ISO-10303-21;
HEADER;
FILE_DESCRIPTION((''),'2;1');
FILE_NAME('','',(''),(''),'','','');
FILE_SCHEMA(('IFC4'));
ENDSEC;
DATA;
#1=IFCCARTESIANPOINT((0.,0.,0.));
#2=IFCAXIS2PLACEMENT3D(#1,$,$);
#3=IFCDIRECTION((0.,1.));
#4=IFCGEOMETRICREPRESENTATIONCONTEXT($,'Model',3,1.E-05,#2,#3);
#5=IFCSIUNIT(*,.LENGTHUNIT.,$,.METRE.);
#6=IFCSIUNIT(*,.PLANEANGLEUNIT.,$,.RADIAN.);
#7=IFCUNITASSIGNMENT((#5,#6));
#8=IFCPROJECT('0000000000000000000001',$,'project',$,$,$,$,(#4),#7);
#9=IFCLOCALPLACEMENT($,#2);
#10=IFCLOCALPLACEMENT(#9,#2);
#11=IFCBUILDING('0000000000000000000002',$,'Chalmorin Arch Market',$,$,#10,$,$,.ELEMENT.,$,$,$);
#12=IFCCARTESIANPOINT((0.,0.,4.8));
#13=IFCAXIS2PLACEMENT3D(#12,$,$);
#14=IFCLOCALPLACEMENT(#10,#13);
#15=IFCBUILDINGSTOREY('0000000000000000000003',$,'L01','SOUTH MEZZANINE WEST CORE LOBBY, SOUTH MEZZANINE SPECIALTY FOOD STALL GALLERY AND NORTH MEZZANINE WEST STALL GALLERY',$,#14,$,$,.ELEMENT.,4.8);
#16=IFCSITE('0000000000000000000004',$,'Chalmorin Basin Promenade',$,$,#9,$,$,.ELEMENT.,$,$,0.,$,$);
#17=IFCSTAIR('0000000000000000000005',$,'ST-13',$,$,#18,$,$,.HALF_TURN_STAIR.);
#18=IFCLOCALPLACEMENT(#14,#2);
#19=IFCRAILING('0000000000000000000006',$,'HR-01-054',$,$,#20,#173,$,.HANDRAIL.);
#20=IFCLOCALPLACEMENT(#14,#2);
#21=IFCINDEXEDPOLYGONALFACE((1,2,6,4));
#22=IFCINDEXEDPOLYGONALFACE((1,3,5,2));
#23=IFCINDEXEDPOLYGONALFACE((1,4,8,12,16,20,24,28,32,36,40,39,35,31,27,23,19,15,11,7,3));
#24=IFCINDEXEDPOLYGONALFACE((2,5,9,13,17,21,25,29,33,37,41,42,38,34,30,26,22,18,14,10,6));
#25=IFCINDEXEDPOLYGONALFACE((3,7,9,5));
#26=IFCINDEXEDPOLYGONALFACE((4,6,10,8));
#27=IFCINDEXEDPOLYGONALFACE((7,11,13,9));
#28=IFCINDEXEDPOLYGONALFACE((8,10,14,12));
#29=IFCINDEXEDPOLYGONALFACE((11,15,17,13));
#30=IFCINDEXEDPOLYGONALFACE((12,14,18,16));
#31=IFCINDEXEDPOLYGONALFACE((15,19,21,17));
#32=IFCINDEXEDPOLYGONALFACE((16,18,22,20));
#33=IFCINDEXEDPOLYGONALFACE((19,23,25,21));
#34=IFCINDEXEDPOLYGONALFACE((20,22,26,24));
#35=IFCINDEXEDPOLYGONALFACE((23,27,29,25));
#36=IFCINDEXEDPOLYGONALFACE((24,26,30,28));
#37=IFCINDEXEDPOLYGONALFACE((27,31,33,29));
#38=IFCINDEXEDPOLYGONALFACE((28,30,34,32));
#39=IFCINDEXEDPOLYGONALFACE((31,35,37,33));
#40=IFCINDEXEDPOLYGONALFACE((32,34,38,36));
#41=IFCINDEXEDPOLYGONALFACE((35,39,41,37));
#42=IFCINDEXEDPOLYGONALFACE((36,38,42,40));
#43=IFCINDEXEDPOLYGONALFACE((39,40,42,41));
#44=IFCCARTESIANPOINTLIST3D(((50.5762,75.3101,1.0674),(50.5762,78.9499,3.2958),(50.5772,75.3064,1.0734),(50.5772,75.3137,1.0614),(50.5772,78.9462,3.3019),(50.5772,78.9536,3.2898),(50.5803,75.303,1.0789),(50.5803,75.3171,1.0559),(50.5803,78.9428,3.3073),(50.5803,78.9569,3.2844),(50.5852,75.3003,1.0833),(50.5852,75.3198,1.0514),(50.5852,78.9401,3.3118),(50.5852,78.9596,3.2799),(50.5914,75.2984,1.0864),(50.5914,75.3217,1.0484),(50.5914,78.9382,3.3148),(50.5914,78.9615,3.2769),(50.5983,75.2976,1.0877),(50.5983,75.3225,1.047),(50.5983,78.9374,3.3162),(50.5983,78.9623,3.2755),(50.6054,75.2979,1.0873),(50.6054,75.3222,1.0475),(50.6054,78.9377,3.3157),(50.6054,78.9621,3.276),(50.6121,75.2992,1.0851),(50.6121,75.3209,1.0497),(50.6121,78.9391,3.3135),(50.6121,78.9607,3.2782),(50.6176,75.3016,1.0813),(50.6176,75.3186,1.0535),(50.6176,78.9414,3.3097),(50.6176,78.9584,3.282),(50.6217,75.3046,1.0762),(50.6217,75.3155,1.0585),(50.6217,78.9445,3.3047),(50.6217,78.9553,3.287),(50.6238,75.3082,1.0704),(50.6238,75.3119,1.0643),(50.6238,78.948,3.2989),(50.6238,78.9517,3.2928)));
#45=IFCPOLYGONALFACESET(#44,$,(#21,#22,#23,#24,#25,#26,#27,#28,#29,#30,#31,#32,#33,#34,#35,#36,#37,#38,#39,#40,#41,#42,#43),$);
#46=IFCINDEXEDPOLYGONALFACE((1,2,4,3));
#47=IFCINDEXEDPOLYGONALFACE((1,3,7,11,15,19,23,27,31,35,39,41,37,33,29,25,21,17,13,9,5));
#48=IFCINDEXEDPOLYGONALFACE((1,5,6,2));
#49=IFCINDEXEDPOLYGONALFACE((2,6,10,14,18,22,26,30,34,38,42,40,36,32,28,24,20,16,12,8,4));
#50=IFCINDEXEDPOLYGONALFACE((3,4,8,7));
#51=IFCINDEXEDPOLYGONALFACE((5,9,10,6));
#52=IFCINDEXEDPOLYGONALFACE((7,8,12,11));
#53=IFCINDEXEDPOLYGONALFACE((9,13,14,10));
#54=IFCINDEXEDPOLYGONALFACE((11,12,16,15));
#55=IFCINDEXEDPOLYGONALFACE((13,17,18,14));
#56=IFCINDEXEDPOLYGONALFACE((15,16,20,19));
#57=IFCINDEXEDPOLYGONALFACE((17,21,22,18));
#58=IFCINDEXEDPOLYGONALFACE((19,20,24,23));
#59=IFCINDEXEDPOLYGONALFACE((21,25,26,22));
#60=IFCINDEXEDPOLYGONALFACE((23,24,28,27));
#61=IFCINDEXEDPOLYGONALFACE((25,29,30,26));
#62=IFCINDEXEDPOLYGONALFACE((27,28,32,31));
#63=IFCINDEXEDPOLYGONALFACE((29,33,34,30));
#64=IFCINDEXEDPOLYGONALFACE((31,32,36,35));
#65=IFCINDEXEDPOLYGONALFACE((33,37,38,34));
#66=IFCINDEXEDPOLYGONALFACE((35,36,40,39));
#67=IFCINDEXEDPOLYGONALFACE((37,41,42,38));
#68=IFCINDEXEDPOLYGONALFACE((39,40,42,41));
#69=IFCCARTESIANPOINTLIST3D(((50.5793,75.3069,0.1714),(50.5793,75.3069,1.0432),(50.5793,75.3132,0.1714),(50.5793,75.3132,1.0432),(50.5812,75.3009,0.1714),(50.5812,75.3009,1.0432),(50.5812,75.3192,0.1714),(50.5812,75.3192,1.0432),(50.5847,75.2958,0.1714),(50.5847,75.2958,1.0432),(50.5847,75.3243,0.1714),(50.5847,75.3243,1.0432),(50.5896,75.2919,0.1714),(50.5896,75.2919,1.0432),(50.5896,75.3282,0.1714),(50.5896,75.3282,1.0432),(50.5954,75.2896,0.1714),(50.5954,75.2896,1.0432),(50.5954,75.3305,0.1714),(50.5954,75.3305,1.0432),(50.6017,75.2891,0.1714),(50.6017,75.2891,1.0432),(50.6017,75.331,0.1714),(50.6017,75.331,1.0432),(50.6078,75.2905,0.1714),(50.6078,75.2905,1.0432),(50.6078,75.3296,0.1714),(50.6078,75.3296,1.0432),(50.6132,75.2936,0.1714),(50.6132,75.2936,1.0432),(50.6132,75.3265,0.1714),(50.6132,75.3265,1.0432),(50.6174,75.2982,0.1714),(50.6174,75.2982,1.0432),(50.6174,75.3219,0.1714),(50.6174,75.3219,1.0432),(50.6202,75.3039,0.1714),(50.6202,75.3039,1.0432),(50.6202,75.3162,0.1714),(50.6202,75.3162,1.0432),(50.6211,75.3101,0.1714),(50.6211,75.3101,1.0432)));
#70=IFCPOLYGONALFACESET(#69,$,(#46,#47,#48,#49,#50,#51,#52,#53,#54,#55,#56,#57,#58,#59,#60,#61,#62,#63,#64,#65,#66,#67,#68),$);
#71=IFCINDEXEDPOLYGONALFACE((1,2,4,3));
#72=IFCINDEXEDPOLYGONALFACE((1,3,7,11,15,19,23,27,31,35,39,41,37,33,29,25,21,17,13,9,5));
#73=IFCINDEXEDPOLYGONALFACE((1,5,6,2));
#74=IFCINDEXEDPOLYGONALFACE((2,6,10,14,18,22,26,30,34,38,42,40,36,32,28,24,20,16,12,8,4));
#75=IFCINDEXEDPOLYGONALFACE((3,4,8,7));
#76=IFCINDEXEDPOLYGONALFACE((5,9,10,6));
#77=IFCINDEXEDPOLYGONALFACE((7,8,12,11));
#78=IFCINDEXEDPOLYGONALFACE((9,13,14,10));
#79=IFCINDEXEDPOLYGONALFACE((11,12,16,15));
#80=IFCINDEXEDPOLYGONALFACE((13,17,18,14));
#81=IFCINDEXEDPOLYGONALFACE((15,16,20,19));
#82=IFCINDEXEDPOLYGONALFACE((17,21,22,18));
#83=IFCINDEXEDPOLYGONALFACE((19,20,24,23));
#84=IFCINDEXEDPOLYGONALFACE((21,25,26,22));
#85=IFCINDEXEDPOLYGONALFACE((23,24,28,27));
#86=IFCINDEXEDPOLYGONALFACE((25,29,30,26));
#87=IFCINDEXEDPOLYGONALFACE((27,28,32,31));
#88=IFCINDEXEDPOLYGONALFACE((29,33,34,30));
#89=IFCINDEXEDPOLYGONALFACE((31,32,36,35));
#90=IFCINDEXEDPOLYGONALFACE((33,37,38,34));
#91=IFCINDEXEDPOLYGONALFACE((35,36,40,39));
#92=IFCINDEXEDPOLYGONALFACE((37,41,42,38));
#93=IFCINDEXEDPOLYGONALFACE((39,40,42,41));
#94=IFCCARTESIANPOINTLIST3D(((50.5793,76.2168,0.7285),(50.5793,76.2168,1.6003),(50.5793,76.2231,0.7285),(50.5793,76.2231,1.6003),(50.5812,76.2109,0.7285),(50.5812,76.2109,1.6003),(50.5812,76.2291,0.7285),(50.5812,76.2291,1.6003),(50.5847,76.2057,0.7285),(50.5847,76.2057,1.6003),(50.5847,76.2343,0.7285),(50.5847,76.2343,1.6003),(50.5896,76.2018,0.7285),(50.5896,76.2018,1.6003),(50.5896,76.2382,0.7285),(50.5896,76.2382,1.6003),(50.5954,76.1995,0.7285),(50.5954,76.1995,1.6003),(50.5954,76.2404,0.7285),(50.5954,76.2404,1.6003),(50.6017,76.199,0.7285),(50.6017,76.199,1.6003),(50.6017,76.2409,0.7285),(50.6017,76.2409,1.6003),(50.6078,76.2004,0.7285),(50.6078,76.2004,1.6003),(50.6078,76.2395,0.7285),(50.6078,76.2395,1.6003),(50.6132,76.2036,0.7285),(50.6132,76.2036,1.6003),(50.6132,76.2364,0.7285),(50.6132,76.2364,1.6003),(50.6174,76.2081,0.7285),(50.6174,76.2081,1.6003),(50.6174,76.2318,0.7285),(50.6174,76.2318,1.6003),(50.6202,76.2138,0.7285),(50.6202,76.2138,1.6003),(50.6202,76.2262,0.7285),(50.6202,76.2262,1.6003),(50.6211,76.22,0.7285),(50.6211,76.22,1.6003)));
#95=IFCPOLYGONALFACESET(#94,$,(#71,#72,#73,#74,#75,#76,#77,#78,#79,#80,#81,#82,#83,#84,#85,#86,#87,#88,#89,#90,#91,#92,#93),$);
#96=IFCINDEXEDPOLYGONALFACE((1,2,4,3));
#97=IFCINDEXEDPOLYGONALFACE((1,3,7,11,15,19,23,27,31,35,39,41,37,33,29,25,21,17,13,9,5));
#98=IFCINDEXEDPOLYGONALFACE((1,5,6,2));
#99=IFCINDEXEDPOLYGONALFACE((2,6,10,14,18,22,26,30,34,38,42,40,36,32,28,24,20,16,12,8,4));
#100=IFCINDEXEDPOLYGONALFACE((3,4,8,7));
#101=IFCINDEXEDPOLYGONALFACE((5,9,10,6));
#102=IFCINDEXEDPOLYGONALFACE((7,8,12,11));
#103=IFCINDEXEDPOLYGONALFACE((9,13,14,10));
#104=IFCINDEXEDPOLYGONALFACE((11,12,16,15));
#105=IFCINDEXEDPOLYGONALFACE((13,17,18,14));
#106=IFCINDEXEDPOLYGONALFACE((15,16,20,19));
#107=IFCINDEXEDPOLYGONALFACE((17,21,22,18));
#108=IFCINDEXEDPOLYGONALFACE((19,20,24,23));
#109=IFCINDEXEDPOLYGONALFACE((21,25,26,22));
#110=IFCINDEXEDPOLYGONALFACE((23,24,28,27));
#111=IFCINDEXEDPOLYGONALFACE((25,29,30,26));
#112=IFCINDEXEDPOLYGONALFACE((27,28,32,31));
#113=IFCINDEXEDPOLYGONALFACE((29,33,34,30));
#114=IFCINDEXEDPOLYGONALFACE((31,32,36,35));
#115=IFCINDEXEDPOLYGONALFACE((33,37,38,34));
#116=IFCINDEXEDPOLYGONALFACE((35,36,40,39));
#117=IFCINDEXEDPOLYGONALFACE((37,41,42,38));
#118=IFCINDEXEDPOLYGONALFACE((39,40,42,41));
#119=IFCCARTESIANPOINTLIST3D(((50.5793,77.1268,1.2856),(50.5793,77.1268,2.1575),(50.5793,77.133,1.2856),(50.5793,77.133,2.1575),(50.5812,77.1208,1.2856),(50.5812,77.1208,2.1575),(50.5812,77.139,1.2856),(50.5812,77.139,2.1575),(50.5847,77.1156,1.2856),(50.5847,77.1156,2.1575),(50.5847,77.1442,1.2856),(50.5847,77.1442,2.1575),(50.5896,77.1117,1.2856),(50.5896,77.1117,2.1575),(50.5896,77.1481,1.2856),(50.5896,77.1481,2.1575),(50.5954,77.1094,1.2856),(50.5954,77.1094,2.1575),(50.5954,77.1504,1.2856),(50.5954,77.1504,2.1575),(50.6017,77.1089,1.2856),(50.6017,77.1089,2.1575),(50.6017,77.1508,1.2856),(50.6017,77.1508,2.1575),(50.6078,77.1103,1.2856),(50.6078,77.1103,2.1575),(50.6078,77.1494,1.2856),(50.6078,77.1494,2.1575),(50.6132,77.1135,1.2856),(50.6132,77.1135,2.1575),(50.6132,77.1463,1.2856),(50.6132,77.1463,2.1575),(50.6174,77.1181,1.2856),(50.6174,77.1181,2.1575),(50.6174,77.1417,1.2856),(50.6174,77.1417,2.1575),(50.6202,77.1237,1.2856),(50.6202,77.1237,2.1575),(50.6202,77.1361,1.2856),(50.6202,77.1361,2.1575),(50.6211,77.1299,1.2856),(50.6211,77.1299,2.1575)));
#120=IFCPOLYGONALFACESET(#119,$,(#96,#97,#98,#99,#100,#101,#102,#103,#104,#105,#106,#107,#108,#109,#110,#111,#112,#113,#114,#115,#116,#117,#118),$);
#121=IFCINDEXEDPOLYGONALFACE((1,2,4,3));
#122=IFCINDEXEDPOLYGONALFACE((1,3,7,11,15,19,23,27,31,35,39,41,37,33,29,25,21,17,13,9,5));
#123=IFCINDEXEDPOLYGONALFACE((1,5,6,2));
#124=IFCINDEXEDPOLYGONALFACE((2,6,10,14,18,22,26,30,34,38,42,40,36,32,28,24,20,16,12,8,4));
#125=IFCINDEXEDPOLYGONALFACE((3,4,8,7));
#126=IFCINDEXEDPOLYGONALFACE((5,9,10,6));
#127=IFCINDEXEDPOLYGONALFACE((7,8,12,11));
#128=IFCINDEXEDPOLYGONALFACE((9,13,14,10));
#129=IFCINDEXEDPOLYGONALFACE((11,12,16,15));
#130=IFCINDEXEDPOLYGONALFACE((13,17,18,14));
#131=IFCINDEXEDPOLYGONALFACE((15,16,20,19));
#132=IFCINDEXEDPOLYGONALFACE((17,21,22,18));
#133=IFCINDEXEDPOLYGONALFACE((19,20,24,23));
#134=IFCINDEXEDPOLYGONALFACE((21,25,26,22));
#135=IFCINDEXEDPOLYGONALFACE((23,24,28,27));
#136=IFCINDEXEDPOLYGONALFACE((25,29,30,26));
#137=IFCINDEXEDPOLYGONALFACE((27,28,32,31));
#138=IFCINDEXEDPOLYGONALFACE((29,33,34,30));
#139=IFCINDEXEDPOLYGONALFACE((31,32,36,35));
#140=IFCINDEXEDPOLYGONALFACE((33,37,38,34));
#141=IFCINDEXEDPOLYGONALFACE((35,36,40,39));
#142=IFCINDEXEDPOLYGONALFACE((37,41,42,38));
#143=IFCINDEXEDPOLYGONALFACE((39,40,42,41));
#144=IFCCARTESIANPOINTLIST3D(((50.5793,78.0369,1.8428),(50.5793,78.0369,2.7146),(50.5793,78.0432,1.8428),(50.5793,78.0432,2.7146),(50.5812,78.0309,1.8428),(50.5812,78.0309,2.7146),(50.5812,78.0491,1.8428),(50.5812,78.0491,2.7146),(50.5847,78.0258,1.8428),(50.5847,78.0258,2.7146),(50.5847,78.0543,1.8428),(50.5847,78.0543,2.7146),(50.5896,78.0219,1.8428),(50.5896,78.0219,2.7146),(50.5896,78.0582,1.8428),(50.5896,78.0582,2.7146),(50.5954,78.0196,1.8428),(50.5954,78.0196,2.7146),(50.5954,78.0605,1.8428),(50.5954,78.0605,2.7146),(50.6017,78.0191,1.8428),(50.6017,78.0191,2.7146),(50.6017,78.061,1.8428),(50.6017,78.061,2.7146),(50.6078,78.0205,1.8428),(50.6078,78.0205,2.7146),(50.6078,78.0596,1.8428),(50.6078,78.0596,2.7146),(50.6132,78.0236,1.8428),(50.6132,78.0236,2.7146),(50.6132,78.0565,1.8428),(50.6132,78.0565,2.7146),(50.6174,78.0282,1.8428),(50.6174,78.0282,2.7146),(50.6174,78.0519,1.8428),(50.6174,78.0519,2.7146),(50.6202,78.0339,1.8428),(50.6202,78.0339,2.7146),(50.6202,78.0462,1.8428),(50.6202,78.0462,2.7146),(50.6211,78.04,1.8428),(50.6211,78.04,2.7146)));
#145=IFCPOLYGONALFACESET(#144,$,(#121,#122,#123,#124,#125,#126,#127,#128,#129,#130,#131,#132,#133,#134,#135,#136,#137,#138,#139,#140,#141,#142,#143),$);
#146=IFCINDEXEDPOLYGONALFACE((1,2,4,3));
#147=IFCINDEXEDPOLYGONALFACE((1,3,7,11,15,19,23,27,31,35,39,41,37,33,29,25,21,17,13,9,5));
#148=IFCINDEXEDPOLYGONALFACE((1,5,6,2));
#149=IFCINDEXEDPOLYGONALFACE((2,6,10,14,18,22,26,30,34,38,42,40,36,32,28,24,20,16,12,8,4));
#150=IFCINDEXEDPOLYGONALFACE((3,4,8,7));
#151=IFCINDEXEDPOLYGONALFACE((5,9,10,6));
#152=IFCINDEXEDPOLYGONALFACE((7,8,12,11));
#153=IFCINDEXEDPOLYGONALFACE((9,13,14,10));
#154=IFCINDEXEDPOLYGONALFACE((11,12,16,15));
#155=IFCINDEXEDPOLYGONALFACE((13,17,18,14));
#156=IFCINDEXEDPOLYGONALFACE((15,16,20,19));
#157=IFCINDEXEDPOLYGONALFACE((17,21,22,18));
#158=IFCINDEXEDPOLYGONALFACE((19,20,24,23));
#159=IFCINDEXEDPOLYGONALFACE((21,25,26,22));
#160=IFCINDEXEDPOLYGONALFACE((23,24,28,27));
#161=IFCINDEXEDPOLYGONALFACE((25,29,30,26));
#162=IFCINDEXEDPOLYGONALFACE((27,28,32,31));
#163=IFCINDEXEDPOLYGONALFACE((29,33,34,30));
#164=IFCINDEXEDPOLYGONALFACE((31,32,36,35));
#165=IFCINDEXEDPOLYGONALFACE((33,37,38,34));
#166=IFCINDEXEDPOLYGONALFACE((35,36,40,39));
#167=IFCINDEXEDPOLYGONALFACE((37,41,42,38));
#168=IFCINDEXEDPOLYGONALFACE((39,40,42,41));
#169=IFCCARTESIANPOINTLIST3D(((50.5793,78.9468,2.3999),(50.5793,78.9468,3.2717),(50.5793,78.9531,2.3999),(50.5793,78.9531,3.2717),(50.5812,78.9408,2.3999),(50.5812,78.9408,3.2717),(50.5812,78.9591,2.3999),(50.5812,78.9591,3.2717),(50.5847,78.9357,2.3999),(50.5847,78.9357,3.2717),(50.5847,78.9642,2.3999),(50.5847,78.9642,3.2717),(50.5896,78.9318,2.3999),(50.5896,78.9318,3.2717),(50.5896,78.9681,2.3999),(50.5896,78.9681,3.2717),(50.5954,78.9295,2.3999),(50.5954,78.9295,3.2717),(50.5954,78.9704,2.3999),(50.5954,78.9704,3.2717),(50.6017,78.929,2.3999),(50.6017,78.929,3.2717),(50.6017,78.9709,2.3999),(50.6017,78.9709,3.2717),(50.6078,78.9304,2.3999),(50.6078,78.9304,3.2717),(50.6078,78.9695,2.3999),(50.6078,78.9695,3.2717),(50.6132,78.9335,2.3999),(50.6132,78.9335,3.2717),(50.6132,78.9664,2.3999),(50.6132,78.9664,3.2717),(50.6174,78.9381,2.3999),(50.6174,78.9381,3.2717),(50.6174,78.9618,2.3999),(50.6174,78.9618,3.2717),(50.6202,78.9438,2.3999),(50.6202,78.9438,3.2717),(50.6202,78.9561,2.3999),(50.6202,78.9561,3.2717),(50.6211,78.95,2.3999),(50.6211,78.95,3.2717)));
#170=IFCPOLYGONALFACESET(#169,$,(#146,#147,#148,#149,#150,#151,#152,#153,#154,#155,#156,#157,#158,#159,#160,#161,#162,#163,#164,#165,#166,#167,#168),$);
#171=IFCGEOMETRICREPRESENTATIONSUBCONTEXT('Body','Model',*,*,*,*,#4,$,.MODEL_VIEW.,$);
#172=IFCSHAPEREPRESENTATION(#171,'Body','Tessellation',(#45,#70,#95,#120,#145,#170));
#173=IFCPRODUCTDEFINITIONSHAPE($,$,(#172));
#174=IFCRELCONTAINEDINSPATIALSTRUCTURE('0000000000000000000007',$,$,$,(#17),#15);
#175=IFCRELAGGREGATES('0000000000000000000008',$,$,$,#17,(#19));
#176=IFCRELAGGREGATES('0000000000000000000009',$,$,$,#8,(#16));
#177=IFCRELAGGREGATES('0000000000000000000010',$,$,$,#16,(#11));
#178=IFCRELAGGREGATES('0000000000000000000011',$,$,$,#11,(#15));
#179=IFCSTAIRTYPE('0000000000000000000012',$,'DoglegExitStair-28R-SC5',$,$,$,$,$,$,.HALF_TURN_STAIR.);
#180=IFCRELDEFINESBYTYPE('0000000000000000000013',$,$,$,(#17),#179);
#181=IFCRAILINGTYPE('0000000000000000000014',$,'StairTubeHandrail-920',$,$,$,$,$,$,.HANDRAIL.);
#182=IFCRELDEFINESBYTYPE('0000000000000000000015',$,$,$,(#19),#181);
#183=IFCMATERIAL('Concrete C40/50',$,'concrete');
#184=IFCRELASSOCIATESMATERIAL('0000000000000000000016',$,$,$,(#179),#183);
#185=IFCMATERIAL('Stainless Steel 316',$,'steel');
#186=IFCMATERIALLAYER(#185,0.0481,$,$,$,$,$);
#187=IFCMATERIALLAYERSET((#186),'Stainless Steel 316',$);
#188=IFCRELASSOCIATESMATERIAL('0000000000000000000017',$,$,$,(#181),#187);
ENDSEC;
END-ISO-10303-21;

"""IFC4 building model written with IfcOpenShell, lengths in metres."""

from ifc_helpers import new_model, si_unit, direction, frame, origin, origin_2d, place, context, subcontext, project, spatial, circle, extrude, material, layer, layer_set, type_object, element, aggregate, save


model = new_model("IFC4")

# Units and contexts
model_context = context("Model", 3, precision=1e-05, world=origin(), true_north=direction((0.0, 1.0)))
body_context = subcontext(model_context, "Body", "Model", "MODEL_VIEW")
ifc_project = project(units=[si_unit("LENGTHUNIT", "METRE"), si_unit("PLANEANGLEUNIT", "RADIAN")], contexts=[model_context])

# Site, building, storey
site_placement = place(None, origin())
site = spatial("IfcSite", under=ifc_project, at=site_placement, Name="Chalmorin Basin Promenade", CompositionType="ELEMENT", RefElevation=0.0)
building_placement = place(site_placement, origin())
building = spatial("IfcBuilding", under=site, at=building_placement, Name="Chalmorin Arch Market", CompositionType="ELEMENT")
storey_placement = place(building_placement, frame((0.0, 0.0, 4.8)))
storey = spatial("IfcBuildingStorey", under=building, at=storey_placement, Name="L01", Description="SOUTH MEZZANINE WEST CORE LOBBY, SOUTH MEZZANINE SPECIALTY FOOD STALL GALLERY AND NORTH MEZZANINE WEST STALL GALLERY", CompositionType="ELEMENT", Elevation=4.8)

# Shared definitions
ifc_material_1 = material(Name="Concrete C40/50", Category="concrete")

# Stair, railing
stair_type = type_object("IfcStairType", Name="DoglegExitStair-28R-SC5", PredefinedType="HALF_TURN_STAIR", material=ifc_material_1)
stair_placement = place(storey_placement, origin())
stair = element("IfcStair", 1, at=stair_placement, inside=storey, type_object=stair_type, Name="ST-13", PredefinedType="HALF_TURN_STAIR")
ifc_material_2 = material(Name="Stainless Steel 316", Category="steel")
ifc_layer_1 = layer(ifc_material_2, 0.0481)
ifc_layer_set_1 = layer_set([ifc_layer_1], Name="Stainless Steel 316")
railing_type_1 = type_object("IfcRailingType", Name="StairTubeHandrail-920", PredefinedType="HANDRAIL", material=ifc_layer_set_1)
railing_1_placement = place(storey_placement, frame((50.6001, 75.3101, 0.1714)))
railing_1 = element("IfcRailing", 2, at=railing_1_placement, type_object=railing_type_1, Name="HR-01-054", PredefinedType="HANDRAIL", context=body_context, shape_type="SweptSolid", body=[
    extrude(circle(Radius=0.0239, at=origin_2d()), frame((0.0, 0.0, 0.896), z_axis=(0.0, 0.85285, 0.522156), x_axis=(-1.0, 0.0, 0.0)), (0.0, 0.0, 1.0), 4.2678),
    extrude(circle(Radius=0.021, at=origin_2d()), origin(), (0.0, 0.0, 1.0), 0.8718),
    extrude(circle(Radius=0.021, at=origin_2d()), frame((0.0, 0.9099, 0.5571)), (0.0, 0.0, 1.0), 0.8718),
    extrude(circle(Radius=0.021, at=origin_2d()), frame((0.0, 1.8198, 1.1143)), (0.0, 0.0, 1.0), 0.8718),
    extrude(circle(Radius=0.021, at=origin_2d()), frame((0.0, 2.73, 1.6714)), (0.0, 0.0, 1.0), 0.8718),
    extrude(circle(Radius=0.021, at=origin_2d()), frame((0.0, 3.6399, 2.2285)), (0.0, 0.0, 1.0), 0.8718),
])
aggregate(stair, [railing_1])

save(model, "model.ifc")
